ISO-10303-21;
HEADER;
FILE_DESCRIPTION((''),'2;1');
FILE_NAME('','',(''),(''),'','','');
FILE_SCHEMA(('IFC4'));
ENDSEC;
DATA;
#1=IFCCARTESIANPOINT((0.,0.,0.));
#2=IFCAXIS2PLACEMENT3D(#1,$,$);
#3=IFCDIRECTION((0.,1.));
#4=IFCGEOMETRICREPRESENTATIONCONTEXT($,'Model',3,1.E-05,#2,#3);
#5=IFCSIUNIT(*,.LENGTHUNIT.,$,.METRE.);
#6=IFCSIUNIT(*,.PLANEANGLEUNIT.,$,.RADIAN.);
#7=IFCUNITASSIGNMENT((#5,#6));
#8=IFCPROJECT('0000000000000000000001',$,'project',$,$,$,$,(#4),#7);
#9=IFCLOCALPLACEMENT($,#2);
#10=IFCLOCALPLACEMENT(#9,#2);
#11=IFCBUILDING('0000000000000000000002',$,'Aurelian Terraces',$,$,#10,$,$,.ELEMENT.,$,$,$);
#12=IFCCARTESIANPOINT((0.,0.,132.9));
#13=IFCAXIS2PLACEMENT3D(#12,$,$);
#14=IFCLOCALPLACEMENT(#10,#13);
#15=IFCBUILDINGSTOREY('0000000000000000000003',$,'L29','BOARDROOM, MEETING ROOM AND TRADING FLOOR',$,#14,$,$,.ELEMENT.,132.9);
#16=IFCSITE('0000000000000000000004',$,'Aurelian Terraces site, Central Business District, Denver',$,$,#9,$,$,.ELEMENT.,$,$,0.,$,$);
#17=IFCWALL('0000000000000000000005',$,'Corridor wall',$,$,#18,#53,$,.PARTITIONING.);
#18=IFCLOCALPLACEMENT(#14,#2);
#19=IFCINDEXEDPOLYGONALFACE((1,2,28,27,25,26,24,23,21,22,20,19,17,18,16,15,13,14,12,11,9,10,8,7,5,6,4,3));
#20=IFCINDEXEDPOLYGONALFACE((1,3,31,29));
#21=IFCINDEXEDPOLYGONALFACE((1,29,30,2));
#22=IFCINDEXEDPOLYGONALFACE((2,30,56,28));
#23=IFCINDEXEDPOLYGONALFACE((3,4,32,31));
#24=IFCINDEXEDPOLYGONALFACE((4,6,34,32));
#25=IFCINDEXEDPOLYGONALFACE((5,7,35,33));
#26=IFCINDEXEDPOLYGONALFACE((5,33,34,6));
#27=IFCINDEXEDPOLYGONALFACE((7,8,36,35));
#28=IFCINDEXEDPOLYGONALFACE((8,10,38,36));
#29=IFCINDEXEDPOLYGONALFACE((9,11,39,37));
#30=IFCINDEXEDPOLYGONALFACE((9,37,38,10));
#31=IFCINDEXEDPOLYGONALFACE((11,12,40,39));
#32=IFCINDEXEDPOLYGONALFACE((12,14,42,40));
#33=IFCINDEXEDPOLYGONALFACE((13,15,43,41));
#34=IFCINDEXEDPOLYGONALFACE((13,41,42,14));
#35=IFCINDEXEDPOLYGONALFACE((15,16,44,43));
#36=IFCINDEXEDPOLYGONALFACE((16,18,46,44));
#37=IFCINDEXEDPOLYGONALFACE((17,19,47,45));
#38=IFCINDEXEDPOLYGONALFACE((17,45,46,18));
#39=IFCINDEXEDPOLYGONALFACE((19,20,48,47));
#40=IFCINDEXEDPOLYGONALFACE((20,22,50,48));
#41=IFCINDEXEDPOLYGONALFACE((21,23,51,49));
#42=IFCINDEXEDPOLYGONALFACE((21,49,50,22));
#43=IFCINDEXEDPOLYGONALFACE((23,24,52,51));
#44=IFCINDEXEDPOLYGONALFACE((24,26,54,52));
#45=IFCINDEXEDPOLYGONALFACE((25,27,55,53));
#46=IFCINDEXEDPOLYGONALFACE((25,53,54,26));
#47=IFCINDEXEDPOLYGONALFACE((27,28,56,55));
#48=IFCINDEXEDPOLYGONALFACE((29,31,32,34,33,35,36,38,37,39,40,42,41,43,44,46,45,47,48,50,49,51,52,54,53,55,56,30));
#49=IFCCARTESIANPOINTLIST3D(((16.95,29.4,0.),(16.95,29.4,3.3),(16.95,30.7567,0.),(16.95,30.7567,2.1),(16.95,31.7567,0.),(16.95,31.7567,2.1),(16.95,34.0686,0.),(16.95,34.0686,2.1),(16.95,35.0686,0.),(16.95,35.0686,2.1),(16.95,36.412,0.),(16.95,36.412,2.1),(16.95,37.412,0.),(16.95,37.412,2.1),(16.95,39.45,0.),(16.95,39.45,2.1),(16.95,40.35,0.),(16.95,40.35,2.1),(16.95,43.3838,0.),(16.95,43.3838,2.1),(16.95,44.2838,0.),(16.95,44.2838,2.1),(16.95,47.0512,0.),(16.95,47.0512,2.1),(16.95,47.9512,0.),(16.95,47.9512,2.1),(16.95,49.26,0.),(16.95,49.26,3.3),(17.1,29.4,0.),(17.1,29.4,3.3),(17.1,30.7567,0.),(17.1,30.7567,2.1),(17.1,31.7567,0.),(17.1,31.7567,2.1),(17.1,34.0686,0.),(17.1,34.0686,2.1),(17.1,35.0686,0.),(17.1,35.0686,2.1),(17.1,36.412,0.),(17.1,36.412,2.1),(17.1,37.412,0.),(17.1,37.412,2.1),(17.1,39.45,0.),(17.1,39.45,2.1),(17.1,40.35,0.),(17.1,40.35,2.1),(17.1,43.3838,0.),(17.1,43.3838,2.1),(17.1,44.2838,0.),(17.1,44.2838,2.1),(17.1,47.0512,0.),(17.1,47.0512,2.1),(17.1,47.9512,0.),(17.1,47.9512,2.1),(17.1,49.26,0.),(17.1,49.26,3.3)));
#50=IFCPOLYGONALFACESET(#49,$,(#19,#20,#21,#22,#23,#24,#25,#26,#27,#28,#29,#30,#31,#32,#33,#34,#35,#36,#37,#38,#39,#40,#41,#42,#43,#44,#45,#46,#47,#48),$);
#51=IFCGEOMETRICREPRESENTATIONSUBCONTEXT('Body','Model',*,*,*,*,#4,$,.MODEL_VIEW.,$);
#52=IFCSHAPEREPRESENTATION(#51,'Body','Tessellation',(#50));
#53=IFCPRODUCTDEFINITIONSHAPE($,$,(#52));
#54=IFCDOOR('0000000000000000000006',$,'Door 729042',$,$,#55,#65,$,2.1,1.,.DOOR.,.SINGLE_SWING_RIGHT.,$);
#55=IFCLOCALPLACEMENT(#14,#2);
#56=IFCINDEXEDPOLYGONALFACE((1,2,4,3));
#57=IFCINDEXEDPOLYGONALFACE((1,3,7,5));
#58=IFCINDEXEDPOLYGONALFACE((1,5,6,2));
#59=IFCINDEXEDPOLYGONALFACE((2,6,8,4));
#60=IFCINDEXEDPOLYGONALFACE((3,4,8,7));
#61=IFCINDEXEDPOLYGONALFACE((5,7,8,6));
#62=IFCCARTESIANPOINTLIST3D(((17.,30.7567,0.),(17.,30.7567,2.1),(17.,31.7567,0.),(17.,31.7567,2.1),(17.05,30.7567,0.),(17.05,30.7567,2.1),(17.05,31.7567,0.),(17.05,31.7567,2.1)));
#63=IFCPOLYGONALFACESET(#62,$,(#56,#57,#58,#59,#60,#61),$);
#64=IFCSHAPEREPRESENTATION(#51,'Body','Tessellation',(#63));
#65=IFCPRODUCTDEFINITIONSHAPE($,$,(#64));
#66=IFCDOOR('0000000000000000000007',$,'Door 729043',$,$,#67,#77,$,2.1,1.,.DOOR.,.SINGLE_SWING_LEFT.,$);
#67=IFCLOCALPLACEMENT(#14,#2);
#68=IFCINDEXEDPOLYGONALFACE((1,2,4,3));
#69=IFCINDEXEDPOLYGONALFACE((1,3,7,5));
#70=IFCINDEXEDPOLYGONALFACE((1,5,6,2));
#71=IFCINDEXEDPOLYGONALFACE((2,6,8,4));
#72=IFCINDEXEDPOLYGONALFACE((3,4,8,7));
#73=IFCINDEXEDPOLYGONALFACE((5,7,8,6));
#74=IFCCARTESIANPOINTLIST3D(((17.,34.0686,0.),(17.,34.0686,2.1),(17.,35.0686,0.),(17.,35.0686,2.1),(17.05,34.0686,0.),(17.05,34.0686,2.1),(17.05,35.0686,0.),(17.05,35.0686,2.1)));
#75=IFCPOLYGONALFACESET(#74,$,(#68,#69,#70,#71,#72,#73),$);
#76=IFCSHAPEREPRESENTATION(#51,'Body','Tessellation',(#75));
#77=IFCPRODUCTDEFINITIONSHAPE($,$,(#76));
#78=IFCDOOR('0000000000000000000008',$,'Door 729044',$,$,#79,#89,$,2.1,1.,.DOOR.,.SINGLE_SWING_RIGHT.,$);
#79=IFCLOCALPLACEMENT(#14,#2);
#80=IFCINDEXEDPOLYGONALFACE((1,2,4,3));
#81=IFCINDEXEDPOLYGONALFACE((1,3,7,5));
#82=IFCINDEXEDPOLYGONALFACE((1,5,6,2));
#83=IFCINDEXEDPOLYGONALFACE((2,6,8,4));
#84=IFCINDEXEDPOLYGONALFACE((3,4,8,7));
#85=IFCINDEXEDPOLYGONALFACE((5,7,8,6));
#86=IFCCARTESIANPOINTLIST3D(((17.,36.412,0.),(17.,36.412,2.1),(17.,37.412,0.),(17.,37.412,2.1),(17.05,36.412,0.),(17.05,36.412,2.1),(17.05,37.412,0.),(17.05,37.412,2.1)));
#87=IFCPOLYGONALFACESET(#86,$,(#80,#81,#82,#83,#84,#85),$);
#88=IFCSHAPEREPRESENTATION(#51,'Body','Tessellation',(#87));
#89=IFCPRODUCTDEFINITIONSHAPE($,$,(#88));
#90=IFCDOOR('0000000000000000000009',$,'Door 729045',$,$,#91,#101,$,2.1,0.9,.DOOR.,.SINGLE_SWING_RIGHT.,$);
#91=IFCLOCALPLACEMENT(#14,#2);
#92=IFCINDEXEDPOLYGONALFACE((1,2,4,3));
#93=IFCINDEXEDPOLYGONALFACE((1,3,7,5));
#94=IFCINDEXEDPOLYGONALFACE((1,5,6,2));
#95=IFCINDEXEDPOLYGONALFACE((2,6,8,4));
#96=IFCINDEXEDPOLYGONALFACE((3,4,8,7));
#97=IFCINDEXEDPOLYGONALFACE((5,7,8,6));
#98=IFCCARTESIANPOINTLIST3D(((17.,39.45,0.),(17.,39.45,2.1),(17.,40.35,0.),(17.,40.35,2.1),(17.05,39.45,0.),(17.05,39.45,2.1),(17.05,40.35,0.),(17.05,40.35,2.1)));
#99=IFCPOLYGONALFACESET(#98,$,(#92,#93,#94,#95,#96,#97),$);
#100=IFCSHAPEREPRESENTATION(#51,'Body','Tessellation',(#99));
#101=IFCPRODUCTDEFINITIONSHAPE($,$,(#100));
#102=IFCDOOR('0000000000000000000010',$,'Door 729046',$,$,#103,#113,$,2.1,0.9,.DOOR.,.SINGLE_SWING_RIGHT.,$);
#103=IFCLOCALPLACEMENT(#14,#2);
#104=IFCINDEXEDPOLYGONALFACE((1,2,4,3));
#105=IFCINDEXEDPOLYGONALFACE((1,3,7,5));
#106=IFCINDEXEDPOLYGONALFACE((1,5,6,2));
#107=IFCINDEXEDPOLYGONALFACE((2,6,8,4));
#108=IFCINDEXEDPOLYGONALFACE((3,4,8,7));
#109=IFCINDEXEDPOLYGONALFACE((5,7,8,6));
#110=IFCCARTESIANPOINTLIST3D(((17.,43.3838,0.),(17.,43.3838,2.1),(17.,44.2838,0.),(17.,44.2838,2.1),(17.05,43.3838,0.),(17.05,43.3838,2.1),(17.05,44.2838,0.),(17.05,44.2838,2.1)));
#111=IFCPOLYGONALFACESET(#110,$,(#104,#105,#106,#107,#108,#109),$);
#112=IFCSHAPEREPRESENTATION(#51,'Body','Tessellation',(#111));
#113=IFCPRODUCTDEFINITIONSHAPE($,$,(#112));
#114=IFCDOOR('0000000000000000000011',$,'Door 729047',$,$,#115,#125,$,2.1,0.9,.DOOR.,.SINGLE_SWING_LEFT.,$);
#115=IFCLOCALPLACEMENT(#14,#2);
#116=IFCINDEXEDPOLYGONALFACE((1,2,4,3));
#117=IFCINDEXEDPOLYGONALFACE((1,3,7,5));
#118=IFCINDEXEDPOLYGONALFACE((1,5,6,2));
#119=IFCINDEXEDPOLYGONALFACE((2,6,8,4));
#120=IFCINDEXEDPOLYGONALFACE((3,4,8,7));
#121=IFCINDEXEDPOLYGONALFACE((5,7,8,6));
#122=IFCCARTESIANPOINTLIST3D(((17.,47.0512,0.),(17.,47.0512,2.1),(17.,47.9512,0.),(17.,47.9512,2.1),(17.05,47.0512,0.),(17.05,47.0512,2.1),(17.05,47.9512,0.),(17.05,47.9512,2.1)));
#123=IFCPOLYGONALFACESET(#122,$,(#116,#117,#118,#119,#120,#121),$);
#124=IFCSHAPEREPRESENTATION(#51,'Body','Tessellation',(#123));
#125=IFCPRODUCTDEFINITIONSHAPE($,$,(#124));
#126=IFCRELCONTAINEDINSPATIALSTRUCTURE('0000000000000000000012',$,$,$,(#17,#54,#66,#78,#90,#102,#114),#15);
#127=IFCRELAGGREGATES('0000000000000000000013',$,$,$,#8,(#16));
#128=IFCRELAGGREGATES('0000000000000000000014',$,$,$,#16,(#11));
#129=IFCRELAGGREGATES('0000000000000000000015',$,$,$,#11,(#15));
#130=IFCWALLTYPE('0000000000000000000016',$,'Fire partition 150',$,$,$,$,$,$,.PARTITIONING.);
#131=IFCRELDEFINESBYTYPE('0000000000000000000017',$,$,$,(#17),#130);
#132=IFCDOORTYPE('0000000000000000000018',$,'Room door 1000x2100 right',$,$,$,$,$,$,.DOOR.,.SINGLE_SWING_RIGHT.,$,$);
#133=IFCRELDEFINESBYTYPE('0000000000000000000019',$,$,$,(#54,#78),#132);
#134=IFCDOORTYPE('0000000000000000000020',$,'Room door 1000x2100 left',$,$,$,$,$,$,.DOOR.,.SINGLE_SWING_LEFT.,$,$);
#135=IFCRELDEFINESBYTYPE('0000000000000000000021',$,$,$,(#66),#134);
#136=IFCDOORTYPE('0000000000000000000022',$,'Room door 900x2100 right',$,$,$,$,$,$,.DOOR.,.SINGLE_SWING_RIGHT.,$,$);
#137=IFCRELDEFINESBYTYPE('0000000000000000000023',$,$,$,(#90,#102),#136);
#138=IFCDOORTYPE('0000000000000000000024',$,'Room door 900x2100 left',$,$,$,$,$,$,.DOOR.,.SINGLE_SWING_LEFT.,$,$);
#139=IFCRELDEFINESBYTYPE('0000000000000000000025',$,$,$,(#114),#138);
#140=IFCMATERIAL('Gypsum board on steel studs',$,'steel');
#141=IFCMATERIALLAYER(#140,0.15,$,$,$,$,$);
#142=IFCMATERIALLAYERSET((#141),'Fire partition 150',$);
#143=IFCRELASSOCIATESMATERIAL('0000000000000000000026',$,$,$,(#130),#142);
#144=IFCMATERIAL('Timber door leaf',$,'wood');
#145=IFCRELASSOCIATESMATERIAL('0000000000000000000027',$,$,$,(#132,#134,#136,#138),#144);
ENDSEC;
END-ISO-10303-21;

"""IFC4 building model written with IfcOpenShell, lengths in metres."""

from ifc_helpers import new_model, si_unit, direction, frame, frame_2d, origin, place, context, subcontext, project, spatial, rectangle, extrude, source, transform, mapped, material, layer, layer_set, type_object, element, fill, save


model = new_model("IFC4")

# Units and contexts
model_context = context("Model", 3, precision=1e-05, world=origin(), true_north=direction((0.0, 1.0)))
body_context = subcontext(model_context, "Body", "Model", "MODEL_VIEW")
ifc_project = project(units=[si_unit("LENGTHUNIT", "METRE"), si_unit("PLANEANGLEUNIT", "RADIAN")], contexts=[model_context])

# Site, building, storey
site_placement = place(None, origin())
site = spatial("IfcSite", under=ifc_project, at=site_placement, Name="Aurelian Terraces site, Central Business District, Denver", CompositionType="ELEMENT", RefElevation=0.0)
building_placement = place(site_placement, origin())
building = spatial("IfcBuilding", under=site, at=building_placement, Name="Aurelian Terraces", CompositionType="ELEMENT")
storey_placement = place(building_placement, frame((0.0, 0.0, 132.9)))
storey = spatial("IfcBuildingStorey", under=building, at=storey_placement, Name="L29", Description="BOARDROOM, MEETING ROOM AND TRADING FLOOR", CompositionType="ELEMENT", Elevation=132.9)

# Shared definitions
ifc_material_1 = material(Name="Gypsum board on steel studs", Category="steel")
ifc_layer_1 = layer(ifc_material_1, 0.15)
ifc_layer_set_1 = layer_set([ifc_layer_1], Name="Fire partition 150")
wall_type_1 = type_object("IfcWallType", Name="Fire partition 150", PredefinedType="PARTITIONING", material=ifc_layer_set_1)
ifc_material_2 = material(Name="Timber door leaf", Category="wood")

# Wall, openings, doors
shared_shape_1 = source(origin(), body_context, "Body", "SweptSolid", [
    extrude(rectangle(XDim=19.86, YDim=0.15, at=frame_2d((9.93, 0.0))), origin(), (0.0, 0.0, 1.0), 3.3),
])
wall_1_placement = place(storey_placement, frame((17.025, 49.26, 0.0), z_axis=(0.0, 0.0, 1.0), x_axis=(0.0, -1.0, 0.0)))
wall_1 = element("IfcWall", 1, at=wall_1_placement, inside=storey, type_object=wall_type_1, Name="Corridor wall", PredefinedType="PARTITIONING", context=body_context, shape_type="MappedRepresentation", body=[
    mapped(shared_shape_1, transform((0.0, 0.0, 0.0), scale=1.0)),
])
shared_shape_2 = source(origin(), body_context, "Body", "SweptSolid", [
    extrude(rectangle(XDim=1.0, YDim=2.1, at=frame_2d((0.5, 1.05))), frame((0.0, 0.085, 0.0), z_axis=(0.0, -1.0, 0.0), x_axis=(1.0, 0.0, 0.0)), (0.0, 0.0, 1.0), 0.17),
])
opening_1_placement = place(wall_1_placement, frame((17.5033, 0.0, 0.0)))
opening_1 = element("IfcOpeningElement", 2, at=opening_1_placement, cuts=wall_1, PredefinedType="OPENING", context=body_context, shape_type="MappedRepresentation", body=[
    mapped(shared_shape_2, transform((0.0, 0.0, 0.0), scale=1.0)),
])
opening_2_placement = place(wall_1_placement, frame((14.1914, 0.0, 0.0)))
opening_2 = element("IfcOpeningElement", 3, at=opening_2_placement, cuts=wall_1, PredefinedType="OPENING", context=body_context, shape_type="MappedRepresentation", body=[
    mapped(shared_shape_2, transform((0.0, 0.0, 0.0), scale=1.0)),
])
opening_3_placement = place(wall_1_placement, frame((11.848, 0.0, 0.0)))
opening_3 = element("IfcOpeningElement", 4, at=opening_3_placement, cuts=wall_1, PredefinedType="OPENING", context=body_context, shape_type="MappedRepresentation", body=[
    mapped(shared_shape_2, transform((0.0, 0.0, 0.0), scale=1.0)),
])
shared_shape_3 = source(origin(), body_context, "Body", "SweptSolid", [
    extrude(rectangle(XDim=0.9, YDim=2.1, at=frame_2d((0.45, 1.05))), frame((0.0, 0.085, 0.0), z_axis=(0.0, -1.0, 0.0), x_axis=(1.0, 0.0, 0.0)), (0.0, 0.0, 1.0), 0.17),
])
opening_4_placement = place(wall_1_placement, frame((8.91, 0.0, 0.0)))
opening_4 = element("IfcOpeningElement", 5, at=opening_4_placement, cuts=wall_1, PredefinedType="OPENING", context=body_context, shape_type="MappedRepresentation", body=[
    mapped(shared_shape_3, transform((0.0, 0.0, 0.0), scale=1.0)),
])
opening_5_placement = place(wall_1_placement, frame((4.9762, 0.0, 0.0)))
opening_5 = element("IfcOpeningElement", 6, at=opening_5_placement, cuts=wall_1, PredefinedType="OPENING", context=body_context, shape_type="MappedRepresentation", body=[
    mapped(shared_shape_3, transform((0.0, 0.0, 0.0), scale=1.0)),
])
opening_6_placement = place(wall_1_placement, frame((1.3088, 0.0, 0.0)))
opening_6 = element("IfcOpeningElement", 7, at=opening_6_placement, cuts=wall_1, PredefinedType="OPENING", context=body_context, shape_type="MappedRepresentation", body=[
    mapped(shared_shape_3, transform((0.0, 0.0, 0.0), scale=1.0)),
])
door_type_1 = type_object("IfcDoorType", Name="Room door 1000x2100 right", OperationType="SINGLE_SWING_RIGHT", PredefinedType="DOOR", material=ifc_material_2)
shared_shape_4 = source(origin(), body_context, "Body", "SweptSolid", [
    extrude(rectangle(XDim=1.0, YDim=2.1, at=frame_2d((0.5, 1.05))), frame((0.0, 0.025, 0.0), z_axis=(0.0, -1.0, 0.0), x_axis=(1.0, 0.0, 0.0)), (0.0, 0.0, 1.0), 0.05),
])
door_1_placement = place(opening_1_placement, origin())
door_1 = element("IfcDoor", 8, at=door_1_placement, inside=storey, type_object=door_type_1, Name="Door 729042", OperationType="SINGLE_SWING_RIGHT", OverallHeight=2.1, OverallWidth=1.0, PredefinedType="DOOR", context=body_context, shape_type="MappedRepresentation", body=[
    mapped(shared_shape_4, transform((0.0, 0.0, 0.0), scale=1.0)),
])
fill(opening_1, door_1)
door_type_2 = type_object("IfcDoorType", Name="Room door 1000x2100 left", OperationType="SINGLE_SWING_LEFT", PredefinedType="DOOR", material=ifc_material_2)
door_2_placement = place(opening_2_placement, origin())
door_2 = element("IfcDoor", 9, at=door_2_placement, inside=storey, type_object=door_type_2, Name="Door 729043", OperationType="SINGLE_SWING_LEFT", OverallHeight=2.1, OverallWidth=1.0, PredefinedType="DOOR", context=body_context, shape_type="MappedRepresentation", body=[
    mapped(shared_shape_4, transform((0.0, 0.0, 0.0), scale=1.0)),
])
fill(opening_2, door_2)
door_3_placement = place(opening_3_placement, origin())
door_3 = element("IfcDoor", 10, at=door_3_placement, inside=storey, type_object=door_type_1, Name="Door 729044", OperationType="SINGLE_SWING_RIGHT", OverallHeight=2.1, OverallWidth=1.0, PredefinedType="DOOR", context=body_context, shape_type="MappedRepresentation", body=[
    mapped(shared_shape_4, transform((0.0, 0.0, 0.0), scale=1.0)),
])
fill(opening_3, door_3)
door_type_3 = type_object("IfcDoorType", Name="Room door 900x2100 right", OperationType="SINGLE_SWING_RIGHT", PredefinedType="DOOR", material=ifc_material_2)
shared_shape_5 = source(origin(), body_context, "Body", "SweptSolid", [
    extrude(rectangle(XDim=0.9, YDim=2.1, at=frame_2d((0.45, 1.05))), frame((0.0, 0.025, 0.0), z_axis=(0.0, -1.0, 0.0), x_axis=(1.0, 0.0, 0.0)), (0.0, 0.0, 1.0), 0.05),
])
door_4_placement = place(opening_4_placement, origin())
door_4 = element("IfcDoor", 11, at=door_4_placement, inside=storey, type_object=door_type_3, Name="Door 729045", OperationType="SINGLE_SWING_RIGHT", OverallHeight=2.1, OverallWidth=0.9, PredefinedType="DOOR", context=body_context, shape_type="MappedRepresentation", body=[
    mapped(shared_shape_5, transform((0.0, 0.0, 0.0), scale=1.0)),
])
fill(opening_4, door_4)
door_5_placement = place(opening_5_placement, origin())
door_5 = element("IfcDoor", 12, at=door_5_placement, inside=storey, type_object=door_type_3, Name="Door 729046", OperationType="SINGLE_SWING_RIGHT", OverallHeight=2.1, OverallWidth=0.9, PredefinedType="DOOR", context=body_context, shape_type="MappedRepresentation", body=[
    mapped(shared_shape_5, transform((0.0, 0.0, 0.0), scale=1.0)),
])
fill(opening_5, door_5)
door_type_4 = type_object("IfcDoorType", Name="Room door 900x2100 left", OperationType="SINGLE_SWING_LEFT", PredefinedType="DOOR", material=ifc_material_2)
door_6_placement = place(opening_6_placement, origin())
door_6 = element("IfcDoor", 13, at=door_6_placement, inside=storey, type_object=door_type_4, Name="Door 729047", OperationType="SINGLE_SWING_LEFT", OverallHeight=2.1, OverallWidth=0.9, PredefinedType="DOOR", context=body_context, shape_type="MappedRepresentation", body=[
    mapped(shared_shape_5, transform((0.0, 0.0, 0.0), scale=1.0)),
])
fill(opening_6, door_6)

save(model, "model.ifc")
